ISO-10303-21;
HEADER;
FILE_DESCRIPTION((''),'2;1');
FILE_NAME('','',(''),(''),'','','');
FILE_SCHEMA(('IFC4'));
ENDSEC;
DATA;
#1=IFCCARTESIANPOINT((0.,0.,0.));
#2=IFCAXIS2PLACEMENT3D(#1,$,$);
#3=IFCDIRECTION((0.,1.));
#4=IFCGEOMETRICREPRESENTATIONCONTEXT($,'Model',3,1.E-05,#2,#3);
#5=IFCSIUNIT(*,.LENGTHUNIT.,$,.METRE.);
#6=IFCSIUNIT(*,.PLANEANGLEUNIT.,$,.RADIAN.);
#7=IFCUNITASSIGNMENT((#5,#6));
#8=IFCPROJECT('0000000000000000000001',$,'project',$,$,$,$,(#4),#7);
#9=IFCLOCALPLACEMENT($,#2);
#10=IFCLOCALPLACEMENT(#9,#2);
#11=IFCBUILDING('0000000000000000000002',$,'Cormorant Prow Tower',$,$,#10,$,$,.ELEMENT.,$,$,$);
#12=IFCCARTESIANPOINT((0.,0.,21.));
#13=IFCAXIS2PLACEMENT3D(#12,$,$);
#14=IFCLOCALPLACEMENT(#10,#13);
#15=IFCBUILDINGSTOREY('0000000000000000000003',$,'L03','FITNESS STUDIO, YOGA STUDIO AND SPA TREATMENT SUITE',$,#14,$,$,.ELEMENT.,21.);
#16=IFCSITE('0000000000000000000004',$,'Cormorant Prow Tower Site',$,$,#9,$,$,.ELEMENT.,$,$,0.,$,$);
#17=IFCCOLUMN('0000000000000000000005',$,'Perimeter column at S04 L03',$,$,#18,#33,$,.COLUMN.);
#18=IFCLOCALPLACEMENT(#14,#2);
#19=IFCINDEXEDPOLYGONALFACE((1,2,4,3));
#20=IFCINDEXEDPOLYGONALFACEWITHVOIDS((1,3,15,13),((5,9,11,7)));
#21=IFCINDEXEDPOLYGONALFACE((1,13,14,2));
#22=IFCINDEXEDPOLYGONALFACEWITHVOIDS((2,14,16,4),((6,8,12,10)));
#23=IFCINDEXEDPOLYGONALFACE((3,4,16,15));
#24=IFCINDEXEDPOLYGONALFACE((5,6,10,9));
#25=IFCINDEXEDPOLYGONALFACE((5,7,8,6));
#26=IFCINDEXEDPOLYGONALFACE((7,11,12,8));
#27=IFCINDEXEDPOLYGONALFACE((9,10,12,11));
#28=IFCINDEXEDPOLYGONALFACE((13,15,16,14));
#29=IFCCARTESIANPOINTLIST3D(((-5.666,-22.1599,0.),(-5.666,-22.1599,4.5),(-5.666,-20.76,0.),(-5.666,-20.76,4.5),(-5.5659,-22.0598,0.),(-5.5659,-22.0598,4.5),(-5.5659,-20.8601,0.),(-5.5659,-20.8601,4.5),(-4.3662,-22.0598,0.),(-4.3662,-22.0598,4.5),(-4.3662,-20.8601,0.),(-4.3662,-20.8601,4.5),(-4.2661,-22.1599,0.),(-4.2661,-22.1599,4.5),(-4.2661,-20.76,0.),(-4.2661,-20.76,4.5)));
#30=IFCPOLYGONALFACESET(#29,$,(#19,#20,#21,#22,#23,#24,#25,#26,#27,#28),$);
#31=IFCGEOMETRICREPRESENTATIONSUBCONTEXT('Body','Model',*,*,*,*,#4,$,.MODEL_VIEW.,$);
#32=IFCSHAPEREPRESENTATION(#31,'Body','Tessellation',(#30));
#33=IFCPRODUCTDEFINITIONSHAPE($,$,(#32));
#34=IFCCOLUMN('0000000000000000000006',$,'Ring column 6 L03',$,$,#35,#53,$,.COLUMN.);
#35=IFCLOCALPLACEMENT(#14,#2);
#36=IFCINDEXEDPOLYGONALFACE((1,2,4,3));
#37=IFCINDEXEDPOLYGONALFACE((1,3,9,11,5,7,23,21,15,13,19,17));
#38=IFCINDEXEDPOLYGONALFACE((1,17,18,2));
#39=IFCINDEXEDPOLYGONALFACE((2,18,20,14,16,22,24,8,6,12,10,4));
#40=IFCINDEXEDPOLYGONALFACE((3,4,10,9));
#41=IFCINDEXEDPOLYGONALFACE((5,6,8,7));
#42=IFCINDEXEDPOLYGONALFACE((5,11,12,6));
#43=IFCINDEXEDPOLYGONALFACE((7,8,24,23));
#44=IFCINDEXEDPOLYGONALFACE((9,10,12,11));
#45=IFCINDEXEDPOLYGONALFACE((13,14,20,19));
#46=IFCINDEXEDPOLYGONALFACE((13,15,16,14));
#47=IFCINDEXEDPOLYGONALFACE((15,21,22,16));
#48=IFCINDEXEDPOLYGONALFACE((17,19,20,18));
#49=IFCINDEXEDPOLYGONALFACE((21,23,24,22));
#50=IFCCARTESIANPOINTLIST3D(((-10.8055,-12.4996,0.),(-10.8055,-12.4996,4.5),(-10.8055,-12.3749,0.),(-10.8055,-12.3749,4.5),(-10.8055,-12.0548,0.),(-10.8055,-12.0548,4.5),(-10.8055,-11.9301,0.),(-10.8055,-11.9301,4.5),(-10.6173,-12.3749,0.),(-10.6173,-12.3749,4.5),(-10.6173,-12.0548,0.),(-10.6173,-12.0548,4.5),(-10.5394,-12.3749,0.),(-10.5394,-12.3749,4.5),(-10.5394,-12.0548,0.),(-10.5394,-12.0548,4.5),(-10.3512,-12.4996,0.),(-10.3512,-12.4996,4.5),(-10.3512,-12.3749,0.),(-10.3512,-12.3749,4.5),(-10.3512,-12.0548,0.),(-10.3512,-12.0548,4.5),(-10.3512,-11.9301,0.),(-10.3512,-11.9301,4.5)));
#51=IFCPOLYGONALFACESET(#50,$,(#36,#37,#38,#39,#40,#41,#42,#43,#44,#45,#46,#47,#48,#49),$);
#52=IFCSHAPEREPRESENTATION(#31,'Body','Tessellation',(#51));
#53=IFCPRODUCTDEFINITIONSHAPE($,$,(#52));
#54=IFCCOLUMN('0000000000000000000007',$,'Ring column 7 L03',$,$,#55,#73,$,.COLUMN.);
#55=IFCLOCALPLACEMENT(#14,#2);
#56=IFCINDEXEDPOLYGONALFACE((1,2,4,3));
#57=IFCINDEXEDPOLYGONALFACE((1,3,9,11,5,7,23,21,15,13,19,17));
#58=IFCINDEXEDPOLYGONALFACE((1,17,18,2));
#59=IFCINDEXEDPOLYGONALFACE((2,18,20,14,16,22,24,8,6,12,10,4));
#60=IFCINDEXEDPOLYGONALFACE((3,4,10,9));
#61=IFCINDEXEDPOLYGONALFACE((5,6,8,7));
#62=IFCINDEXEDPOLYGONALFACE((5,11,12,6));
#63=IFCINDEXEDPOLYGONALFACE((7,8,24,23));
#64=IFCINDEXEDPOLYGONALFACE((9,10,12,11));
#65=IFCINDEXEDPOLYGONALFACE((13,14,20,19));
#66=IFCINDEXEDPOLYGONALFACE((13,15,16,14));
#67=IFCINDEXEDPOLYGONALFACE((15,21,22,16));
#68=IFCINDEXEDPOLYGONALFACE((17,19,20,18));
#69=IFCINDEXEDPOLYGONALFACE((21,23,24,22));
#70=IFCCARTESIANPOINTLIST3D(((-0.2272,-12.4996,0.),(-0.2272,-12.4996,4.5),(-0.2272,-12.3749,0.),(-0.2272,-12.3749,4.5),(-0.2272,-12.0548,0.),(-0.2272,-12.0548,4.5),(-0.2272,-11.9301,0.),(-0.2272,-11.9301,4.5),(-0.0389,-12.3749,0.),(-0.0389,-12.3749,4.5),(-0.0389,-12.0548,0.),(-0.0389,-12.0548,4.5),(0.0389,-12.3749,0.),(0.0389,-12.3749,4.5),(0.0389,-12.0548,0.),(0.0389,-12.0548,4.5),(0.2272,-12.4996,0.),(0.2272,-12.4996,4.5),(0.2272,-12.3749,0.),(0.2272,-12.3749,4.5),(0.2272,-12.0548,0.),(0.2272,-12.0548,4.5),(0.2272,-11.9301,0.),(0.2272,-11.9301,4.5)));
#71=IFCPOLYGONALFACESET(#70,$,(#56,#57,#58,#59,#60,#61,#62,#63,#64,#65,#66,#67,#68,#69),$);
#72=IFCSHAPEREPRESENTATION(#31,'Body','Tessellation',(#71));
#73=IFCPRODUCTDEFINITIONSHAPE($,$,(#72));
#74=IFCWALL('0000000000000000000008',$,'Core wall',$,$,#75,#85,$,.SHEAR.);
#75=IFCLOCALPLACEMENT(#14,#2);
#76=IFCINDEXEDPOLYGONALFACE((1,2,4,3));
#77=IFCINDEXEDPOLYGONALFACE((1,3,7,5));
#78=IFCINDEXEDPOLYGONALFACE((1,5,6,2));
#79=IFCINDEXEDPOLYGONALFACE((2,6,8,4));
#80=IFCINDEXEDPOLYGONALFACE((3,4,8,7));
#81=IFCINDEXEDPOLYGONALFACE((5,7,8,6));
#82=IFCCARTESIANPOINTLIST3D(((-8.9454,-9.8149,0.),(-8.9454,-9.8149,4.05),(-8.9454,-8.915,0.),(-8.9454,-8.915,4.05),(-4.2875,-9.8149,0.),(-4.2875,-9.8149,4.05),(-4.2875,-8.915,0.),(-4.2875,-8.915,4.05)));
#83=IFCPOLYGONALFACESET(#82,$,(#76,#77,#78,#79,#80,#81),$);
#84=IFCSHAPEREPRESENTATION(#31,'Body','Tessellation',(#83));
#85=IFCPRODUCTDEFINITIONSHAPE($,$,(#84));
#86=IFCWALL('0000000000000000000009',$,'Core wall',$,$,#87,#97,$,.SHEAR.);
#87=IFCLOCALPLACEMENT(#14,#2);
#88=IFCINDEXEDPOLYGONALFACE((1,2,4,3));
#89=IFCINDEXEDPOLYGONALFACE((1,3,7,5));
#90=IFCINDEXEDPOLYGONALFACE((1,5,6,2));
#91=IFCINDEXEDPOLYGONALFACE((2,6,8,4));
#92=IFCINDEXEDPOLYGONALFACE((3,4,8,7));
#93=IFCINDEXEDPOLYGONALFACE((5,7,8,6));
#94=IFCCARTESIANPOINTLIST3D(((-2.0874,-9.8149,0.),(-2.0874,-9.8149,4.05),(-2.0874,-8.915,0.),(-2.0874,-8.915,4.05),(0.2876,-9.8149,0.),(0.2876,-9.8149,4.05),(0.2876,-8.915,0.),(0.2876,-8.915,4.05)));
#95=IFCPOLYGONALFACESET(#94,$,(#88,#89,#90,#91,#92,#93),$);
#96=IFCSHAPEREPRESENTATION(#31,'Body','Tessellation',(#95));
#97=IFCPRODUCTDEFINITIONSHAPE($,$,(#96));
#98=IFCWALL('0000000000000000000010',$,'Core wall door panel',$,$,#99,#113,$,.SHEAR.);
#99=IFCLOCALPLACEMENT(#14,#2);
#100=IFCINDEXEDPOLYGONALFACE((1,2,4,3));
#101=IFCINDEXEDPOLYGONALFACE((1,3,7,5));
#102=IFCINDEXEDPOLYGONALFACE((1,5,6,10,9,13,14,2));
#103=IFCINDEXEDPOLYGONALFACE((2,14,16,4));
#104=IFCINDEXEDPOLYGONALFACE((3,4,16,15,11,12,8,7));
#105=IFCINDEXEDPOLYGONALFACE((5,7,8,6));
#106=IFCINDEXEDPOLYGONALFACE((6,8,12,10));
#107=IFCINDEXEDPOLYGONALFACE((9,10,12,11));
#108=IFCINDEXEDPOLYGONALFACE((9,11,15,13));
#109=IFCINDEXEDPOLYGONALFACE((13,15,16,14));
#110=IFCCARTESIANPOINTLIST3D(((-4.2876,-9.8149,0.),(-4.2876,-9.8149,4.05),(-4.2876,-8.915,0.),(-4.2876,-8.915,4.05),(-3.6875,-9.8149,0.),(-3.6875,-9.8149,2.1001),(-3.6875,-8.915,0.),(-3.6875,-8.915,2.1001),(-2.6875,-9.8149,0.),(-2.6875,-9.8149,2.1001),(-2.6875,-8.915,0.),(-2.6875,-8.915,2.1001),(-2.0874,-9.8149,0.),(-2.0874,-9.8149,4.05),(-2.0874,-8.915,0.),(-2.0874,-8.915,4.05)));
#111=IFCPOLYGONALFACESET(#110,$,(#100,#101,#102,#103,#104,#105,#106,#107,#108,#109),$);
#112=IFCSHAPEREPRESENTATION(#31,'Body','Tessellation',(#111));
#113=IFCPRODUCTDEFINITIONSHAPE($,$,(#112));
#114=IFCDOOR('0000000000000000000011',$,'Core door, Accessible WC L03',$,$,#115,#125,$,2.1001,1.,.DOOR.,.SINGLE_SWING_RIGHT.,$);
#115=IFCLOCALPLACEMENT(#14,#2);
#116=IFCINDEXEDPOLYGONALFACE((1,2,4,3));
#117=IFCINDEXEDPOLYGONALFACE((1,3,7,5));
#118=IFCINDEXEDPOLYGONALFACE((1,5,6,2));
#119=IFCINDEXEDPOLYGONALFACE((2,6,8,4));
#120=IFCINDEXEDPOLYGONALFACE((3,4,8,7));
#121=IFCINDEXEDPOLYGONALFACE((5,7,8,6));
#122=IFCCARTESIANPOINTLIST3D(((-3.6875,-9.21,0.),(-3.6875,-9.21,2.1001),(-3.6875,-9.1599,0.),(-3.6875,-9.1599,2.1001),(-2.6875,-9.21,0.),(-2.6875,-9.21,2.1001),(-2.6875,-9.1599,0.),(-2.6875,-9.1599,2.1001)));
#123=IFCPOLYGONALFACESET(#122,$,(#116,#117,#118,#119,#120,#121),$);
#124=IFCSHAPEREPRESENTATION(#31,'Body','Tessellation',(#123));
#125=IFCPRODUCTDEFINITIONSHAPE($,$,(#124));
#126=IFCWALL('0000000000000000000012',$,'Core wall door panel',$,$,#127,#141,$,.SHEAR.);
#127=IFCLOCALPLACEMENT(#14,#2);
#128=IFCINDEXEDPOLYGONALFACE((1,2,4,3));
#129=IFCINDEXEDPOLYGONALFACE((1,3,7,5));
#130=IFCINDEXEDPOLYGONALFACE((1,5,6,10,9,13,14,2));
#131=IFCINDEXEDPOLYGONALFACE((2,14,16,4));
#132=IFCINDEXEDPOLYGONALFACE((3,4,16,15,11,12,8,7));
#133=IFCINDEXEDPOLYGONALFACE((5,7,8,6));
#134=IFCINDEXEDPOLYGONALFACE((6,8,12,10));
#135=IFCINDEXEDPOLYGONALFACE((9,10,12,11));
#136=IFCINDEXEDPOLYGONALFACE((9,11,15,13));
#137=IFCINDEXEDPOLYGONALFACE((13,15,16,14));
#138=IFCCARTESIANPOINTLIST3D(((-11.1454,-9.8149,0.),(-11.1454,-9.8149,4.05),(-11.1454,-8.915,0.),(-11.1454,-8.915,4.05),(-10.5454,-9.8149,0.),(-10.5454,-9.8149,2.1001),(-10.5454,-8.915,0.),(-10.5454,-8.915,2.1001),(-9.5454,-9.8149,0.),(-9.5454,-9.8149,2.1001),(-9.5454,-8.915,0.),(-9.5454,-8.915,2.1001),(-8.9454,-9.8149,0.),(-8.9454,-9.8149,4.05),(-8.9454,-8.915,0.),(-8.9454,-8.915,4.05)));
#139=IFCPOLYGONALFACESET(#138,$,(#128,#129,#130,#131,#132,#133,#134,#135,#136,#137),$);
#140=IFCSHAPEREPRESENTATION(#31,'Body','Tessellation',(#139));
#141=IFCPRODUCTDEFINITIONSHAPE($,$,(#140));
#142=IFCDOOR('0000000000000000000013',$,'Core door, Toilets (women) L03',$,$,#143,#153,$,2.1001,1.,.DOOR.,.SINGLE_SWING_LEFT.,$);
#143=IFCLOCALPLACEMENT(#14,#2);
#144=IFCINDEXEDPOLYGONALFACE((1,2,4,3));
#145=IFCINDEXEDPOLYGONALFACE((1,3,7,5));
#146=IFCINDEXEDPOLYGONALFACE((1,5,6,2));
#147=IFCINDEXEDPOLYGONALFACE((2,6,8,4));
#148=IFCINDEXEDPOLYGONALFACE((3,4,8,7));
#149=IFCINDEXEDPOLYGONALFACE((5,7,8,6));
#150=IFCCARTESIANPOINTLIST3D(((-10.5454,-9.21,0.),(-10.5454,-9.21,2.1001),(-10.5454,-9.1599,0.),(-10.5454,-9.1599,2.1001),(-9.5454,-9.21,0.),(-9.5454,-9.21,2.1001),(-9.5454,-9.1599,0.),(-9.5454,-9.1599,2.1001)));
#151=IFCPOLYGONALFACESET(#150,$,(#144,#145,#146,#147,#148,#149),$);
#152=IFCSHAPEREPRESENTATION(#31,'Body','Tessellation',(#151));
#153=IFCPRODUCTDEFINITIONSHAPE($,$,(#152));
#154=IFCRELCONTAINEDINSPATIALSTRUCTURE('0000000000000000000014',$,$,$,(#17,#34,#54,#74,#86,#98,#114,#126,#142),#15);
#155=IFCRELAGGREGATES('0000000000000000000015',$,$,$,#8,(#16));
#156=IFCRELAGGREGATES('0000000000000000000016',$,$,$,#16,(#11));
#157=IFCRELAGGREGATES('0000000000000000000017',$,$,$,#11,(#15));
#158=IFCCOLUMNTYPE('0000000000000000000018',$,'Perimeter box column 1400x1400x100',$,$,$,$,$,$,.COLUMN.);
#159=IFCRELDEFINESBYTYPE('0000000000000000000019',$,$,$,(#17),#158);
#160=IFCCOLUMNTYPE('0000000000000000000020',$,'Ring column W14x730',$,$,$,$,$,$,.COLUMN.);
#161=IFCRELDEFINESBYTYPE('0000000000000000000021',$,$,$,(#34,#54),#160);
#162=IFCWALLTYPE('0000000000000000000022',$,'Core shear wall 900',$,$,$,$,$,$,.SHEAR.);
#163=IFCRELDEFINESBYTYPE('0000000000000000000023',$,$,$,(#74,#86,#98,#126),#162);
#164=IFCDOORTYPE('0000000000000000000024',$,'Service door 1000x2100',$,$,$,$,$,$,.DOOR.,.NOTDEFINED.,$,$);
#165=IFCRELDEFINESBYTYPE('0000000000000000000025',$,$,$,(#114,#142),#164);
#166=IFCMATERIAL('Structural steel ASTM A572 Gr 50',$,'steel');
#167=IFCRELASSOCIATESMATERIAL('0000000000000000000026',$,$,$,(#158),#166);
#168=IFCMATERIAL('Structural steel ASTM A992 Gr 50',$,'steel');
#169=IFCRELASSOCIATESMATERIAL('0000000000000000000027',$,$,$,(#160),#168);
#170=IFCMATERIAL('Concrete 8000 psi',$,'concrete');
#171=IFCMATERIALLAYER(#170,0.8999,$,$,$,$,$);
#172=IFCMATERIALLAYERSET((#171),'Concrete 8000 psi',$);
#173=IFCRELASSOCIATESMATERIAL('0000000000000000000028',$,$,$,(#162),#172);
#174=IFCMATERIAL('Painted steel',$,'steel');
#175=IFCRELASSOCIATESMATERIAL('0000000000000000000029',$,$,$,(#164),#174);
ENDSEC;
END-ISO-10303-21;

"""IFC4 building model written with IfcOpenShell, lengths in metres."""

from ifc_helpers import new_model, si_unit, direction, frame, frame_2d, origin, origin_2d, place, context, subcontext, project, spatial, rectangle, hollow_rectangle, i_section, extrude, material, layer, layer_set, material_profile, profile_set, type_object, element, fill, save


model = new_model("IFC4")

# Units and contexts
model_context = context("Model", 3, precision=1e-05, world=origin(), true_north=direction((0.0, 1.0)))
body_context = subcontext(model_context, "Body", "Model", "MODEL_VIEW")
ifc_project = project(units=[si_unit("LENGTHUNIT", "METRE"), si_unit("PLANEANGLEUNIT", "RADIAN")], contexts=[model_context])

# Site, building, storey
site_placement = place(None, origin())
site = spatial("IfcSite", under=ifc_project, at=site_placement, Name="Cormorant Prow Tower Site", CompositionType="ELEMENT", RefElevation=0.0)
building_placement = place(site_placement, origin())
building = spatial("IfcBuilding", under=site, at=building_placement, Name="Cormorant Prow Tower", CompositionType="ELEMENT")
storey_placement = place(building_placement, frame((0.0, 0.0, 21.0)))
storey = spatial("IfcBuildingStorey", under=building, at=storey_placement, Name="L03", Description="FITNESS STUDIO, YOGA STUDIO AND SPA TREATMENT SUITE", CompositionType="ELEMENT", Elevation=21.0)

# Columns
ifc_material_1 = material(Name="Structural steel ASTM A572 Gr 50", Category="steel")
ifc_material_profile_1 = material_profile(ifc_material_1, hollow_rectangle(XDim=1.3999, YDim=1.3999, WallThickness=0.1001, at=origin_2d()), Name="Box 1400x1400x100")
ifc_profile_set_1 = profile_set([ifc_material_profile_1], Name="Structural steel ASTM A572 Gr 50")
column_type_1 = type_object("IfcColumnType", Name="Perimeter box column 1400x1400x100", PredefinedType="COLUMN", material=ifc_profile_set_1)
column_placement = place(storey_placement, frame((-4.9661, -21.46, 0.0), z_axis=(0.0, 0.0, 1.0), x_axis=(1.0, 0.0, 0.0)))
element("IfcColumn", 1, at=column_placement, inside=storey, type_object=column_type_1, Name="Perimeter column at S04 L03", PredefinedType="COLUMN", context=body_context, shape_type="SweptSolid", body=[
    extrude(hollow_rectangle(XDim=1.3999, YDim=1.3999, WallThickness=0.1001, at=origin_2d()), origin(), (0.0, 0.0, 1.0), 4.5),
])
ifc_material_2 = material(Name="Structural steel ASTM A992 Gr 50", Category="steel")
ifc_material_profile_2 = material_profile(ifc_material_2, i_section(OverallWidth=0.4543, OverallDepth=0.5696, WebThickness=0.0779, FlangeThickness=0.1248, at=origin_2d()), Name="W14x730")
ifc_profile_set_2 = profile_set([ifc_material_profile_2], Name="Structural steel ASTM A992 Gr 50")
column_type_2 = type_object("IfcColumnType", Name="Ring column W14x730", PredefinedType="COLUMN", material=ifc_profile_set_2)
for number, where, z_axis, x_axis, name in (
    (2, (-10.5784, -12.2148, 0.0), (0.0, 0.0, 1.0), (1.0, 0.0, 0.0), "Ring column 6 L03"),
    (3, (0.0, -12.2148, 0.0), (0.0, 0.0, 1.0), (1.0, 0.0, 0.0), "Ring column 7 L03"),
):
    element("IfcColumn", number, at=place(storey_placement, frame(where, z_axis=z_axis, x_axis=x_axis)), inside=storey, type_object=column_type_2, Name=name, PredefinedType="COLUMN", context=body_context, shape_type="SweptSolid", body=[
        extrude(i_section(OverallWidth=0.4543, OverallDepth=0.5696, WebThickness=0.0779, FlangeThickness=0.1248, at=origin_2d()), origin(), (0.0, 0.0, 1.0), 4.5),
    ])

# Walls
ifc_material_3 = material(Name="Concrete 8000 psi", Category="concrete")
ifc_layer_1 = layer(ifc_material_3, 0.8999)
ifc_layer_set_1 = layer_set([ifc_layer_1], Name="Concrete 8000 psi")
wall_type_1 = type_object("IfcWallType", Name="Core shear wall 900", PredefinedType="SHEAR", material=ifc_layer_set_1)
wall_1_placement = place(storey_placement, frame((-8.9456, -9.365, 0.0), z_axis=(0.0, 0.0, 1.0), x_axis=(1.0, 0.0, 0.0)))
element("IfcWall", 4, at=wall_1_placement, inside=storey, type_object=wall_type_1, Name="Core wall", PredefinedType="SHEAR", context=body_context, shape_type="SweptSolid", body=[
    extrude(rectangle(XDim=4.658, YDim=0.8999, at=frame_2d((2.3291, 0.0))), origin(), (0.0, 0.0, 1.0), 4.05),
])
wall_2_placement = place(storey_placement, frame((-2.0874, -9.365, 0.0), z_axis=(0.0, 0.0, 1.0), x_axis=(1.0, 0.0, 0.0)))
element("IfcWall", 5, at=wall_2_placement, inside=storey, type_object=wall_type_1, Name="Core wall", PredefinedType="SHEAR", context=body_context, shape_type="SweptSolid", body=[
    extrude(rectangle(XDim=2.375, YDim=0.8999, at=frame_2d((1.1875, 0.0))), origin(), (0.0, 0.0, 1.0), 4.05),
])

# Walls, openings, doors
wall_3_placement = place(storey_placement, frame((-4.2876, -9.365, 0.0), z_axis=(0.0, 0.0, 1.0), x_axis=(1.0, 0.0, 0.0)))
wall_3 = element("IfcWall", 6, at=wall_3_placement, inside=storey, type_object=wall_type_1, Name="Core wall door panel", PredefinedType="SHEAR", context=body_context, shape_type="SweptSolid", body=[
    extrude(rectangle(XDim=2.2002, YDim=0.8999, at=frame_2d((1.1001, 0.0))), origin(), (0.0, 0.0, 1.0), 4.05),
])
opening_1_placement = place(wall_3_placement, frame((0.6001, 0.0, 0.0)))
opening_1 = element("IfcOpeningElement", 7, at=opening_1_placement, cuts=wall_3, PredefinedType="OPENING", context=body_context, shape_type="SweptSolid", body=[
    extrude(rectangle(XDim=1.0, YDim=2.1001, at=frame_2d((0.5, 1.05))), frame((0.0, 0.46, 0.0), z_axis=(0.0, -1.0, 0.0), x_axis=(1.0, 0.0, 0.0)), (0.0, 0.0, 1.0), 0.9199),
])
ifc_material_4 = material(Name="Painted steel", Category="steel")
door_type_1 = type_object("IfcDoorType", Name="Service door 1000x2100", OperationType="NOTDEFINED", PredefinedType="DOOR", material=ifc_material_4)
door_1_placement = place(opening_1_placement, origin())
door_1 = element("IfcDoor", 8, at=door_1_placement, inside=storey, type_object=door_type_1, Name="Core door, Accessible WC L03", OperationType="SINGLE_SWING_RIGHT", OverallHeight=2.1001, OverallWidth=1.0, PredefinedType="DOOR", context=body_context, shape_type="SweptSolid", body=[
    extrude(rectangle(XDim=1.0, YDim=2.1001, at=frame_2d((0.5, 1.05))), frame((0.0, 0.2051, 0.0), z_axis=(0.0, -1.0, 0.0), x_axis=(1.0, 0.0, 0.0)), (0.0, 0.0, 1.0), 0.05),
])
fill(opening_1, door_1)
wall_4_placement = place(storey_placement, frame((-11.1455, -9.365, 0.0), z_axis=(0.0, 0.0, 1.0), x_axis=(1.0, 0.0, 0.0)))
wall_4 = element("IfcWall", 9, at=wall_4_placement, inside=storey, type_object=wall_type_1, Name="Core wall door panel", PredefinedType="SHEAR", context=body_context, shape_type="SweptSolid", body=[
    extrude(rectangle(XDim=2.2, YDim=0.8999, at=frame_2d((1.1001, 0.0))), origin(), (0.0, 0.0, 1.0), 4.05),
])
opening_2_placement = place(wall_4_placement, frame((0.6001, 0.0, 0.0)))
opening_2 = element("IfcOpeningElement", 10, at=opening_2_placement, cuts=wall_4, PredefinedType="OPENING", context=body_context, shape_type="SweptSolid", body=[
    extrude(rectangle(XDim=1.0, YDim=2.1001, at=frame_2d((0.5, 1.05))), frame((0.0, 0.46, 0.0), z_axis=(0.0, -1.0, 0.0), x_axis=(1.0, 0.0, 0.0)), (0.0, 0.0, 1.0), 0.9199),
])
door_2_placement = place(opening_2_placement, origin())
door_2 = element("IfcDoor", 11, at=door_2_placement, inside=storey, type_object=door_type_1, Name="Core door, Toilets (women) L03", OperationType="SINGLE_SWING_LEFT", OverallHeight=2.1001, OverallWidth=1.0, PredefinedType="DOOR", context=body_context, shape_type="SweptSolid", body=[
    extrude(rectangle(XDim=1.0, YDim=2.1001, at=frame_2d((0.5, 1.05))), frame((0.0, 0.2051, 0.0), z_axis=(0.0, -1.0, 0.0), x_axis=(1.0, 0.0, 0.0)), (0.0, 0.0, 1.0), 0.05),
])
fill(opening_2, door_2)

save(model, "model.ifc")
